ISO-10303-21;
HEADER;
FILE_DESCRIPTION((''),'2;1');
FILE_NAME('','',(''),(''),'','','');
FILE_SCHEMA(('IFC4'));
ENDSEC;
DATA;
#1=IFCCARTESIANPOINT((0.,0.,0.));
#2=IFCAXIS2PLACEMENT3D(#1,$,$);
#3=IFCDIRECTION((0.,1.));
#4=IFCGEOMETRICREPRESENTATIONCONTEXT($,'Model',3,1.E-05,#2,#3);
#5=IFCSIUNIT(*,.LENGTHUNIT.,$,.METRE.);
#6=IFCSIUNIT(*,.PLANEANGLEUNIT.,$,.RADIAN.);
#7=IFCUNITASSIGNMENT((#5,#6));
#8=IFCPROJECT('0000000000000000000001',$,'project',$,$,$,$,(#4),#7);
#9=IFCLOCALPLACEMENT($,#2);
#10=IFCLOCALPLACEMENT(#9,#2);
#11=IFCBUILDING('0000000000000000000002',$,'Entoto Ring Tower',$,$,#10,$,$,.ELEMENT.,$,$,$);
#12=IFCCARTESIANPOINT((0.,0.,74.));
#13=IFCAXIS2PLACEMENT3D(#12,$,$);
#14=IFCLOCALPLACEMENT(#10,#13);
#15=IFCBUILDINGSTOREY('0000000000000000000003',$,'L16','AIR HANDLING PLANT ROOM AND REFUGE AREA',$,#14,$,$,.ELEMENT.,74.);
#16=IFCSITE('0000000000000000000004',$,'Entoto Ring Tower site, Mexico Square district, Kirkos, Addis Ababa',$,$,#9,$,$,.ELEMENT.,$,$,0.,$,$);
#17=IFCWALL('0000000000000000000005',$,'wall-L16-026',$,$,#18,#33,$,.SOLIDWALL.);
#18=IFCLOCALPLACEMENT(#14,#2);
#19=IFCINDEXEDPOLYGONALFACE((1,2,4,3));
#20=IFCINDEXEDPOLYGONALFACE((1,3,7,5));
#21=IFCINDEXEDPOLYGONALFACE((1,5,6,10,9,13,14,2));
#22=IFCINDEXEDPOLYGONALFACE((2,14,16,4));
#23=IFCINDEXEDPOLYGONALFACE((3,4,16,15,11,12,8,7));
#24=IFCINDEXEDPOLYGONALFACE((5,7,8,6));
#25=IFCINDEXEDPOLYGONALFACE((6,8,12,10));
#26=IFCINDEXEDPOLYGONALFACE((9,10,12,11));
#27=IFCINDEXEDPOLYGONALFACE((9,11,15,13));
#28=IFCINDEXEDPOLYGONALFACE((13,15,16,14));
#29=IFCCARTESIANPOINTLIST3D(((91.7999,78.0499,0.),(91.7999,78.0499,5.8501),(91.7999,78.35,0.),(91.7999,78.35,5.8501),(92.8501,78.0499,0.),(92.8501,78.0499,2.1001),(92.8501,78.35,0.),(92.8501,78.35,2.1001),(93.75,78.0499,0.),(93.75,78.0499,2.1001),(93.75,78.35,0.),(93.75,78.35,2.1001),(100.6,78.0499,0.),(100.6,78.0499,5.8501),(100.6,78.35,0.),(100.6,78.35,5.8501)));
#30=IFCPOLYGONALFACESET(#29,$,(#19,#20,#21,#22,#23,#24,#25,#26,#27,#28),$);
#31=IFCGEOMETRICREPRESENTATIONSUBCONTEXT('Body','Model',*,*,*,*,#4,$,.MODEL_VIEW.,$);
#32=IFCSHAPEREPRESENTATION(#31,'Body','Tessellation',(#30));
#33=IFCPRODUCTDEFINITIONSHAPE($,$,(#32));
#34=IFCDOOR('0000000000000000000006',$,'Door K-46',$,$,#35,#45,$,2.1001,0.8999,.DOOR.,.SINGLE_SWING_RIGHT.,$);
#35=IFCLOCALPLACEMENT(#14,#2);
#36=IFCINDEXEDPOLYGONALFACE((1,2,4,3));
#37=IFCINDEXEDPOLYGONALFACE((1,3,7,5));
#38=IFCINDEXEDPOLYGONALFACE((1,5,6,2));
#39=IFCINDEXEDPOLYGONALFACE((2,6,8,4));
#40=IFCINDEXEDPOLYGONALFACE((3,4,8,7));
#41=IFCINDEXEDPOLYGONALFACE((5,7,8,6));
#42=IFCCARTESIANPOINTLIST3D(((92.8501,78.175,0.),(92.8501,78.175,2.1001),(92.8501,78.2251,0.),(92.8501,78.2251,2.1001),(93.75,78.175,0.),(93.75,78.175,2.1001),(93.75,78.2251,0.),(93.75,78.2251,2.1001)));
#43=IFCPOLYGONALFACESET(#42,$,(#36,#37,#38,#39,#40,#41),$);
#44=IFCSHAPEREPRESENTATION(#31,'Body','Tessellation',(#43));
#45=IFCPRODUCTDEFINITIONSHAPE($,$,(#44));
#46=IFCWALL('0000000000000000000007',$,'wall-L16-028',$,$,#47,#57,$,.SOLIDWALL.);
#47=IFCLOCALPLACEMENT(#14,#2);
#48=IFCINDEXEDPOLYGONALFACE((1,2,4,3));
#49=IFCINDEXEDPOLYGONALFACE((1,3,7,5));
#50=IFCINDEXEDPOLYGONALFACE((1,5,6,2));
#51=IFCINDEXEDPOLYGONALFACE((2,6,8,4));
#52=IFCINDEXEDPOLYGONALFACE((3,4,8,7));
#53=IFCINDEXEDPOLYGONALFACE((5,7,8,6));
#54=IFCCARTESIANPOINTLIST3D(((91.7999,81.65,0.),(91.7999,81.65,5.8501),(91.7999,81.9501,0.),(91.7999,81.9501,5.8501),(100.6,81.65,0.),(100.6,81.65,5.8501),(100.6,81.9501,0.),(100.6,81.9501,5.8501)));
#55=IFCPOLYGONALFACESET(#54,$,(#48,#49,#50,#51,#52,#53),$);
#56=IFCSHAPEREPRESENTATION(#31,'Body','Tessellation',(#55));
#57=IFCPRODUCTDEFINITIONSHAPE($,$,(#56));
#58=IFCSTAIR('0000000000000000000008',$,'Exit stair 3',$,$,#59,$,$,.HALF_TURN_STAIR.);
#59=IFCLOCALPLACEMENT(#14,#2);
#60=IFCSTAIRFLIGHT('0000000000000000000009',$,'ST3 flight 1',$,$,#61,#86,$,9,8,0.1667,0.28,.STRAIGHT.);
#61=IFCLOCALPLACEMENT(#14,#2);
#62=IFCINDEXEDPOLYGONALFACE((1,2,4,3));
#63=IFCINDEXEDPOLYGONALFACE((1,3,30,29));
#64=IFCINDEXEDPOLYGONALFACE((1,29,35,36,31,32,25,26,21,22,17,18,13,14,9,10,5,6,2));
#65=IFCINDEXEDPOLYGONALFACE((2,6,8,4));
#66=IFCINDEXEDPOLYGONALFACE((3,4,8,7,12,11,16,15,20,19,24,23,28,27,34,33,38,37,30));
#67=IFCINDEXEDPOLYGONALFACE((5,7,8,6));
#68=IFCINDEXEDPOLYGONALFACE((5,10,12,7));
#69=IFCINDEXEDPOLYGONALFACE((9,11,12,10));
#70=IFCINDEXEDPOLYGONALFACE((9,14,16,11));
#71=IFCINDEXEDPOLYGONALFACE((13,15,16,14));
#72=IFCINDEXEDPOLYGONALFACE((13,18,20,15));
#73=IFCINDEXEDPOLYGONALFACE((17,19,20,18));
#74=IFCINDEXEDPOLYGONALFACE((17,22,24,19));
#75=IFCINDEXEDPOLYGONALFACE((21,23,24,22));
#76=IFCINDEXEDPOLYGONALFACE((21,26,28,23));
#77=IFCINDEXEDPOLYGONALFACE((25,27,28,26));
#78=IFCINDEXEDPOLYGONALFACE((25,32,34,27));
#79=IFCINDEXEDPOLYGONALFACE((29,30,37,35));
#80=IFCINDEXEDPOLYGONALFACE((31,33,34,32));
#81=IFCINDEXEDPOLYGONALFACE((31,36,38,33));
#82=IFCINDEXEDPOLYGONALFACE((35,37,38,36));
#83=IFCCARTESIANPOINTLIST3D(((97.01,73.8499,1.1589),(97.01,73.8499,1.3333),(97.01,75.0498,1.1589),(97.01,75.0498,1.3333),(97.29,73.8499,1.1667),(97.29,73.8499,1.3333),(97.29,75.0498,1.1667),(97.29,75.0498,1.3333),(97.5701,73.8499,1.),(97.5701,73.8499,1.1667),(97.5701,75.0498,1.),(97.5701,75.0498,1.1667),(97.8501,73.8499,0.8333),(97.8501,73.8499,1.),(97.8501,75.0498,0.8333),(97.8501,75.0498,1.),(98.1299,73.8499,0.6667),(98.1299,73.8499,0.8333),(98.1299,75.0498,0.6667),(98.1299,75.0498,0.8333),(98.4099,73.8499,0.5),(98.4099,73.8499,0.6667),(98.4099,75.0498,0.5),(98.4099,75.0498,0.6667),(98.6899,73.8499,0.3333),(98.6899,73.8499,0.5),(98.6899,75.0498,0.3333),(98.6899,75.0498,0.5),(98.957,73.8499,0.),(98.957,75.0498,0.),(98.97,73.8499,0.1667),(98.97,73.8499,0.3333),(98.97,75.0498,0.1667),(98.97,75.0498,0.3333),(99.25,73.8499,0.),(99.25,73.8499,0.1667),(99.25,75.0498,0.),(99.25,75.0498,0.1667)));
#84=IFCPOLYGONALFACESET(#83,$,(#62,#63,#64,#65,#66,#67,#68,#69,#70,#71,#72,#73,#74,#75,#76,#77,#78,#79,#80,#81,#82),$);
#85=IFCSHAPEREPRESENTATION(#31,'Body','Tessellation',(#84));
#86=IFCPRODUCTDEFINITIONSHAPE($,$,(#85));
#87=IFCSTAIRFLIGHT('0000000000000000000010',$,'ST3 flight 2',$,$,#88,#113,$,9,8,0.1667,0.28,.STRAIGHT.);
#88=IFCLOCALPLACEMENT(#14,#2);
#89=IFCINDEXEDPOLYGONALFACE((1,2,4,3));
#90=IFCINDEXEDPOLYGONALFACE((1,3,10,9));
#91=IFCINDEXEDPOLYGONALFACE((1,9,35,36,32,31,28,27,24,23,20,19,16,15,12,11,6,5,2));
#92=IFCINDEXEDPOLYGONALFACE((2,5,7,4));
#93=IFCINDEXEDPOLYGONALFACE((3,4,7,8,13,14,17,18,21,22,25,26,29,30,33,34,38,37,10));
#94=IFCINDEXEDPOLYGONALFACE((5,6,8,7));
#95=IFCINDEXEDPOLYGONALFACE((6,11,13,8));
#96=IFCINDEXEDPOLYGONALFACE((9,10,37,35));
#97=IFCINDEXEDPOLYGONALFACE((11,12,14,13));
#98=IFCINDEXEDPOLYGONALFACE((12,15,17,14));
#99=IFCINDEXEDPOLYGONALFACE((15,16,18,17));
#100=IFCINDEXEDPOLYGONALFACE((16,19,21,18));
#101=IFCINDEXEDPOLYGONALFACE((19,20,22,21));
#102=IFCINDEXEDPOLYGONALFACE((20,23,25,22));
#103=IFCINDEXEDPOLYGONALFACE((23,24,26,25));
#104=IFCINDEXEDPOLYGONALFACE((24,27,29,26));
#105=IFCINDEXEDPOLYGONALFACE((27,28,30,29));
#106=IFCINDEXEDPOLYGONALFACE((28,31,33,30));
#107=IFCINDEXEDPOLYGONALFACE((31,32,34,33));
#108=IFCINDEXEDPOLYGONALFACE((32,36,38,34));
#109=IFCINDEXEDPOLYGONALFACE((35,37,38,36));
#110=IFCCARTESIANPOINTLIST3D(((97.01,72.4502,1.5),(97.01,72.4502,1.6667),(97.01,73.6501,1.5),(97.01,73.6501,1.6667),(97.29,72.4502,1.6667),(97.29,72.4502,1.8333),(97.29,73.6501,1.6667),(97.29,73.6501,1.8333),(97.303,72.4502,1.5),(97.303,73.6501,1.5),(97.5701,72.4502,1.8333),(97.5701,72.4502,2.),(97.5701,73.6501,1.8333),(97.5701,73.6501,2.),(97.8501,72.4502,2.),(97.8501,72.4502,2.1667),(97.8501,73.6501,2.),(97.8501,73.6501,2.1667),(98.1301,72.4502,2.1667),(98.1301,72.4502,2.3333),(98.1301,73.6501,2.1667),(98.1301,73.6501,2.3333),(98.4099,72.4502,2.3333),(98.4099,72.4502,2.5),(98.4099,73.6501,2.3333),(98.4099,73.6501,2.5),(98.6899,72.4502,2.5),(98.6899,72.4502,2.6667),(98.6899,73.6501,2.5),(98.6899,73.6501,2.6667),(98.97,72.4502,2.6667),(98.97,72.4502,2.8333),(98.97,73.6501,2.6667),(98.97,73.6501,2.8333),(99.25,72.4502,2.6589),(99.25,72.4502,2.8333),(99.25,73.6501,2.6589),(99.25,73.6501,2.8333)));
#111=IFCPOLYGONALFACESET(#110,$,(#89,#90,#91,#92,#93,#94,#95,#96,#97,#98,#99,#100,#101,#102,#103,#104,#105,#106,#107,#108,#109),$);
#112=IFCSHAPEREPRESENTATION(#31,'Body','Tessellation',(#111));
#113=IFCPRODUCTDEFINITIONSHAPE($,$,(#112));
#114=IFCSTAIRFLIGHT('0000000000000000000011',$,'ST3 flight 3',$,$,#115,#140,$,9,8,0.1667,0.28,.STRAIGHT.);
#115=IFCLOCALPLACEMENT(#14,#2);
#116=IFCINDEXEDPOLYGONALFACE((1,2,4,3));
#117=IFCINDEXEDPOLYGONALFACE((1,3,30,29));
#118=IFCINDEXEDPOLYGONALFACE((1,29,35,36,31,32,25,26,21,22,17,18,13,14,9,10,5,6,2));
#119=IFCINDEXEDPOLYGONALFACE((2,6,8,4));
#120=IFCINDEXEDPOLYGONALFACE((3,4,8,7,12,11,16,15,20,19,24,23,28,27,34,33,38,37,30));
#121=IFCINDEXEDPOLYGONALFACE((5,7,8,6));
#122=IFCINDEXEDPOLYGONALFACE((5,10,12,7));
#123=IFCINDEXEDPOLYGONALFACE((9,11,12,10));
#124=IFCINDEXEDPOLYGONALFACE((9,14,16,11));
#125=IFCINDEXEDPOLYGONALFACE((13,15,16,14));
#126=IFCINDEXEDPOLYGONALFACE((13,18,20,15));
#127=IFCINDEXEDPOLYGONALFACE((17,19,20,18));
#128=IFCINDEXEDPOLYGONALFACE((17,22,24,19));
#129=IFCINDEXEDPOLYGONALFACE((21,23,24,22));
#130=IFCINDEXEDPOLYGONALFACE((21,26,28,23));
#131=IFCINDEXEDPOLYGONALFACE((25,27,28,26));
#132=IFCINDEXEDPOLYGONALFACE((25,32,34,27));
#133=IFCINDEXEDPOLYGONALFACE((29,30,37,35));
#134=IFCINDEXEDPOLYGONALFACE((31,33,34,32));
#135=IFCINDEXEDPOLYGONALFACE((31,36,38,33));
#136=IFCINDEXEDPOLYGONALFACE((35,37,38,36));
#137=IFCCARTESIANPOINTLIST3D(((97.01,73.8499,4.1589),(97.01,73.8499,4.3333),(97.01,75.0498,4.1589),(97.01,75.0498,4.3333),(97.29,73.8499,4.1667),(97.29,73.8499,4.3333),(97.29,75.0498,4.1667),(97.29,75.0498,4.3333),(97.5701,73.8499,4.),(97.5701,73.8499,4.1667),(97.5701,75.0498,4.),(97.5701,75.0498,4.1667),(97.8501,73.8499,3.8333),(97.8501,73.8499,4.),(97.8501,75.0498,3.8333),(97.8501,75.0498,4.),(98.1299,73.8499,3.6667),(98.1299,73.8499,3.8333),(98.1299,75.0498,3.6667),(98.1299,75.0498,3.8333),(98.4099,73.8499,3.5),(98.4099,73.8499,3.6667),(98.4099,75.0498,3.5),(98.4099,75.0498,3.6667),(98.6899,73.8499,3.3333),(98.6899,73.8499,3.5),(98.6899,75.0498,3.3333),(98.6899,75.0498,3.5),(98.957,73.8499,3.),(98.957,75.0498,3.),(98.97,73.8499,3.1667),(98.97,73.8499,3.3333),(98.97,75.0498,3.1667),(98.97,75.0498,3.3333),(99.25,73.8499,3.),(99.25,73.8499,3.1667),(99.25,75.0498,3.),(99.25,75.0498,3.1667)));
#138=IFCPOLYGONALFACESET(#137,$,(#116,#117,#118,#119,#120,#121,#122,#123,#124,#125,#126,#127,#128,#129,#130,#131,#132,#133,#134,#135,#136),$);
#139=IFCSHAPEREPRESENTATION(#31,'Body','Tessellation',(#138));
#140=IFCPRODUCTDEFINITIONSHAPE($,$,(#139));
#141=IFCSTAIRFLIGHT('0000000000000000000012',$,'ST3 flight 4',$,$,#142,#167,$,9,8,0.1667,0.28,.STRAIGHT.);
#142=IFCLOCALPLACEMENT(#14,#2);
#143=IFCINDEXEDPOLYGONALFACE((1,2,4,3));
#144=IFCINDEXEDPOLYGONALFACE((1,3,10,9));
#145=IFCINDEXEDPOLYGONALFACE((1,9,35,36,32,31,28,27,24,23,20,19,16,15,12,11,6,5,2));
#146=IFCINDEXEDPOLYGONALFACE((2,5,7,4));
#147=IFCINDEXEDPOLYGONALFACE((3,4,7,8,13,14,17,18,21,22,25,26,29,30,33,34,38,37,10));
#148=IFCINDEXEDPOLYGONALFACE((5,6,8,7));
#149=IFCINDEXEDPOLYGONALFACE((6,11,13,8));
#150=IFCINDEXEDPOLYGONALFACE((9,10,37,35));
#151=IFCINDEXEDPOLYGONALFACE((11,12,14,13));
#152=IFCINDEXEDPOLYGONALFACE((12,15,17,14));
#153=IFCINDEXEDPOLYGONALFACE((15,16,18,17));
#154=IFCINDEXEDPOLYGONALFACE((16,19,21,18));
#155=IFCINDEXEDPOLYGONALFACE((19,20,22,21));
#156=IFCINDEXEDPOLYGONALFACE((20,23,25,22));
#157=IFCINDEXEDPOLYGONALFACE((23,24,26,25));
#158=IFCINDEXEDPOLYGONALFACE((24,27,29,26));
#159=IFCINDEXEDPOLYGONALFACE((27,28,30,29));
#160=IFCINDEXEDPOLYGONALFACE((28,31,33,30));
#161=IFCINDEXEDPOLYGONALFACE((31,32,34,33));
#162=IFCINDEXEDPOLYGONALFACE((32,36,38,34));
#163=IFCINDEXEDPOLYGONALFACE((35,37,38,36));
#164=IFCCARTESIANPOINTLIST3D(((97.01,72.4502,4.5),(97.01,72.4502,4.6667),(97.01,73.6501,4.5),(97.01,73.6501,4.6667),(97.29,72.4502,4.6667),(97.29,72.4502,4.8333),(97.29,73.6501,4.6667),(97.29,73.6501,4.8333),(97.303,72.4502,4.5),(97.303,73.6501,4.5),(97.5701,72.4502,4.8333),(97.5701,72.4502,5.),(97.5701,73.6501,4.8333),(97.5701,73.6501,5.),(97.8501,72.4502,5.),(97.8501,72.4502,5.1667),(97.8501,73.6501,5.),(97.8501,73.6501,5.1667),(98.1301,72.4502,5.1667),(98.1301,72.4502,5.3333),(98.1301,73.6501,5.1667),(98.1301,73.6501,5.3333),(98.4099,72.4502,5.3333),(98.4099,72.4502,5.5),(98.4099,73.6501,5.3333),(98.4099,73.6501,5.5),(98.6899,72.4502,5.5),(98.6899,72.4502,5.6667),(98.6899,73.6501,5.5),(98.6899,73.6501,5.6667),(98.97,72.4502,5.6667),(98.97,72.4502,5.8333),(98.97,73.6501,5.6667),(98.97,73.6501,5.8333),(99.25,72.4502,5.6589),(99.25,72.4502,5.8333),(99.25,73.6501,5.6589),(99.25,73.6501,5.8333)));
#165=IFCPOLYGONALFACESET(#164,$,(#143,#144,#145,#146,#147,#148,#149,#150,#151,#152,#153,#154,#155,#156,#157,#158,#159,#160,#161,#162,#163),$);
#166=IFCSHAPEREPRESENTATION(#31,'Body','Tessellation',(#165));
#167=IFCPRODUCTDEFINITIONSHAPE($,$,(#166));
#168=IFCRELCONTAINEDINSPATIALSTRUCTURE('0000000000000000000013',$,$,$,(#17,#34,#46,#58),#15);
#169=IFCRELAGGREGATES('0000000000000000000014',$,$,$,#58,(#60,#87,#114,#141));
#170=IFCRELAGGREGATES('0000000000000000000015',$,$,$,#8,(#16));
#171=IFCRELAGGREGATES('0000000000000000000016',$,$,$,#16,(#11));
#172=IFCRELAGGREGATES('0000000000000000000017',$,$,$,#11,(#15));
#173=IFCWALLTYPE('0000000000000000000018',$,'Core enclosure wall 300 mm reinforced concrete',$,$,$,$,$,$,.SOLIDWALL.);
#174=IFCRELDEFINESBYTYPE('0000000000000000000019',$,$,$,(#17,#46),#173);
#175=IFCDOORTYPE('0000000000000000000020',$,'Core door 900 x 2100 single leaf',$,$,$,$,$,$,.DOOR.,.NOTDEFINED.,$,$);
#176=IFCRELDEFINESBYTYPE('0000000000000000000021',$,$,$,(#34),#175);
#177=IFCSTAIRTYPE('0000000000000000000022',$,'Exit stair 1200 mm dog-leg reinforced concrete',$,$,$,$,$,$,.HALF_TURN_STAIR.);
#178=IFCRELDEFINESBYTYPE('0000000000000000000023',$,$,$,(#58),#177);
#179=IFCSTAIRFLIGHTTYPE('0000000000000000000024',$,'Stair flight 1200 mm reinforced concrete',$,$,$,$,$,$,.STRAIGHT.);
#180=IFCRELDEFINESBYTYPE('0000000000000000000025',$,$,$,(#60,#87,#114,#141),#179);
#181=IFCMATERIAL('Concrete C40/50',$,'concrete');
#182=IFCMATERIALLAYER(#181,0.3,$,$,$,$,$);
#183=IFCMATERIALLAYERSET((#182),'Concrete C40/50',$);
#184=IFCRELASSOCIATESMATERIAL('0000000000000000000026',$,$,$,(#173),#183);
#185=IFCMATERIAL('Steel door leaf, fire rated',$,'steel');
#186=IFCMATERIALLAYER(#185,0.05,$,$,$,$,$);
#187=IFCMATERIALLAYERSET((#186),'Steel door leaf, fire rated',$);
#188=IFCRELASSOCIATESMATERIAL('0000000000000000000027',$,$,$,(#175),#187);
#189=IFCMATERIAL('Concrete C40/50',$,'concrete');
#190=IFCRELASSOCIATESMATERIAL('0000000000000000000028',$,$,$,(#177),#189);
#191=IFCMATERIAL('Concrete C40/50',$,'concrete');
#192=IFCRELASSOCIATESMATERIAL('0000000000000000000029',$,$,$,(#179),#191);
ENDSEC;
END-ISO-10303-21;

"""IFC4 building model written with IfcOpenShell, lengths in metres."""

from ifc_helpers import new_model, si_unit, direction, frame, frame_2d, origin, place, context, subcontext, project, spatial, polyline, rectangle, outline, extrude, material, layer, layer_set, type_object, element, fill, aggregate, save


model = new_model("IFC4")

# Units and contexts
model_context = context("Model", 3, precision=1e-05, world=origin(), true_north=direction((0.0, 1.0)))
body_context = subcontext(model_context, "Body", "Model", "MODEL_VIEW")
ifc_project = project(units=[si_unit("LENGTHUNIT", "METRE"), si_unit("PLANEANGLEUNIT", "RADIAN")], contexts=[model_context])

# Site, building, storey
site_placement = place(None, origin())
site = spatial("IfcSite", under=ifc_project, at=site_placement, Name="Entoto Ring Tower site, Mexico Square district, Kirkos, Addis Ababa", CompositionType="ELEMENT", RefElevation=0.0)
building_placement = place(site_placement, origin())
building = spatial("IfcBuilding", under=site, at=building_placement, Name="Entoto Ring Tower", CompositionType="ELEMENT")
storey_placement = place(building_placement, frame((0.0, 0.0, 74.0)))
storey = spatial("IfcBuildingStorey", under=building, at=storey_placement, Name="L16", Description="AIR HANDLING PLANT ROOM AND REFUGE AREA", CompositionType="ELEMENT", Elevation=74.0)

# Shared definitions
ifc_material_1 = material(Name="Concrete C40/50", Category="concrete")
ifc_layer_1 = layer(ifc_material_1, 0.3)
ifc_layer_set_1 = layer_set([ifc_layer_1], Name="Concrete C40/50")
wall_type = type_object("IfcWallType", Name="Core enclosure wall 300 mm reinforced concrete", PredefinedType="SOLIDWALL", material=ifc_layer_set_1)

# Shared definitions
ifc_material_2 = material(Name="Steel door leaf, fire rated", Category="steel")
ifc_layer_2 = layer(ifc_material_2, 0.05)
ifc_layer_set_2 = layer_set([ifc_layer_2], Name="Steel door leaf, fire rated")
door_type = type_object("IfcDoorType", Name="Core door 900 x 2100 single leaf", OperationType="NOTDEFINED", PredefinedType="DOOR", material=ifc_layer_set_2)

# Wall, opening, door
wall_1_placement = place(storey_placement, frame((91.8, 78.2, 0.0), z_axis=(0.0, 0.0, 1.0), x_axis=(1.0, 0.0, 0.0)))
wall_1 = element("IfcWall", 1, at=wall_1_placement, inside=storey, type_object=wall_type, Name="wall-L16-026", PredefinedType="SOLIDWALL", context=body_context, shape_type="SweptSolid", body=[
    extrude(rectangle(XDim=8.8, YDim=0.3, at=frame_2d((4.3999, 0.0))), origin(), (0.0, 0.0, 1.0), 5.8501),
])
opening_1_placement = place(wall_1_placement, frame((1.05, 0.0, 0.0)))
opening_1 = element("IfcOpeningElement", 2, at=opening_1_placement, cuts=wall_1, PredefinedType="OPENING", context=body_context, shape_type="SweptSolid", body=[
    extrude(rectangle(XDim=0.8999, YDim=2.1001, at=frame_2d((0.45, 1.05))), frame((0.0, 0.1602, 0.0), z_axis=(0.0, -1.0, 0.0), x_axis=(1.0, 0.0, 0.0)), (0.0, 0.0, 1.0), 0.3201),
])
door_1_placement = place(opening_1_placement, frame((0.8999, 0.0, 0.0), z_axis=(0.0, 0.0, 1.0), x_axis=(-1.0, 0.0, 0.0)))
door_1 = element("IfcDoor", 3, at=door_1_placement, inside=storey, type_object=door_type, Name="Door K-46", OperationType="SINGLE_SWING_RIGHT", OverallHeight=2.1001, OverallWidth=0.8999, PredefinedType="DOOR", context=body_context, shape_type="SweptSolid", body=[
    extrude(rectangle(XDim=0.8999, YDim=2.1001, at=frame_2d((0.45, 1.05))), frame((0.0, 0.0249, 0.0), z_axis=(0.0, -1.0, 0.0), x_axis=(1.0, 0.0, 0.0)), (0.0, 0.0, 1.0), 0.05),
])
fill(opening_1, door_1)

# Wall
wall_2_placement = place(storey_placement, frame((91.8, 81.8, 0.0), z_axis=(0.0, 0.0, 1.0), x_axis=(1.0, 0.0, 0.0)))
element("IfcWall", 4, at=wall_2_placement, inside=storey, type_object=wall_type, Name="wall-L16-028", PredefinedType="SOLIDWALL", context=body_context, shape_type="SweptSolid", body=[
    extrude(rectangle(XDim=8.8, YDim=0.3, at=frame_2d((4.3999, 0.0))), origin(), (0.0, 0.0, 1.0), 5.8501),
])

# Stair, stair flights
ifc_material_3 = material(Name="Concrete C40/50", Category="concrete")
stair_type = type_object("IfcStairType", Name="Exit stair 1200 mm dog-leg reinforced concrete", PredefinedType="HALF_TURN_STAIR", material=ifc_material_3)
stair_placement = place(storey_placement, origin())
stair = element("IfcStair", 5, at=stair_placement, inside=storey, type_object=stair_type, Name="Exit stair 3", PredefinedType="HALF_TURN_STAIR")
ifc_material_4 = material(Name="Concrete C40/50", Category="concrete")
stair_flight_type = type_object("IfcStairFlightType", Name="Stair flight 1200 mm reinforced concrete", PredefinedType="STRAIGHT", material=ifc_material_4)
stair_flight_1_placement = place(storey_placement, frame((99.25, 74.45, 0.0), z_axis=(0.0, 0.0, 1.0), x_axis=(-1.0, 0.0, 0.0)))
stair_flight_1 = element("IfcStairFlight", 6, at=stair_flight_1_placement, type_object=stair_flight_type, Name="ST3 flight 1", NumberOfRisers=9, NumberOfTreads=8, PredefinedType="STRAIGHT", RiserHeight=0.1667, TreadLength=0.28, context=body_context, shape_type="SweptSolid", body=[
    extrude(outline(polyline([(0.0, 0.0), (0.0, 0.1667), (0.28, 0.1667), (0.28, 0.3333), (0.5601, 0.3333), (0.5601, 0.5), (0.8401, 0.5), (0.8401, 0.6667), (1.1201, 0.6667), (1.1201, 0.8333), (1.3999, 0.8333), (1.3999, 1.0), (1.6799, 1.0), (1.6799, 1.1667), (1.96, 1.1667), (1.96, 1.3333), (2.24, 1.3333), (2.24, 1.5), (2.24, 1.1589), (0.293, 0.0), (0.0, 0.0)])), frame((0.0, 0.6001, 0.0), z_axis=(0.0, -1.0, 0.0), x_axis=(1.0, 0.0, 0.0)), (0.0, 0.0, 1.0), 1.2),
])
stair_flight_2_placement = place(storey_placement, frame((97.01, 73.05, 1.5), z_axis=(0.0, 0.0, 1.0), x_axis=(1.0, 0.0, 0.0)))
stair_flight_2 = element("IfcStairFlight", 7, at=stair_flight_2_placement, type_object=stair_flight_type, Name="ST3 flight 2", NumberOfRisers=9, NumberOfTreads=8, PredefinedType="STRAIGHT", RiserHeight=0.1667, TreadLength=0.28, context=body_context, shape_type="SweptSolid", body=[
    extrude(outline(polyline([(0.0, 0.0), (0.0, 0.1667), (0.28, 0.1667), (0.28, 0.3333), (0.5601, 0.3333), (0.5601, 0.5), (0.8401, 0.5), (0.8401, 0.6667), (1.1201, 0.6667), (1.1201, 0.8333), (1.3999, 0.8333), (1.3999, 1.0), (1.6799, 1.0), (1.6799, 1.1667), (1.96, 1.1667), (1.96, 1.3333), (2.24, 1.3333), (2.24, 1.5), (2.24, 1.1589), (0.293, 0.0), (0.0, 0.0)])), frame((0.0, 0.6001, 0.0), z_axis=(0.0, -1.0, 0.0), x_axis=(1.0, 0.0, 0.0)), (0.0, 0.0, 1.0), 1.2),
])
stair_flight_3_placement = place(storey_placement, frame((99.25, 74.45, 3.0), z_axis=(0.0, 0.0, 1.0), x_axis=(-1.0, 0.0, 0.0)))
stair_flight_3 = element("IfcStairFlight", 8, at=stair_flight_3_placement, type_object=stair_flight_type, Name="ST3 flight 3", NumberOfRisers=9, NumberOfTreads=8, PredefinedType="STRAIGHT", RiserHeight=0.1667, TreadLength=0.28, context=body_context, shape_type="SweptSolid", body=[
    extrude(outline(polyline([(0.0, 0.0), (0.0, 0.1667), (0.28, 0.1667), (0.28, 0.3333), (0.5601, 0.3333), (0.5601, 0.5), (0.8401, 0.5), (0.8401, 0.6667), (1.1201, 0.6667), (1.1201, 0.8333), (1.3999, 0.8333), (1.3999, 1.0), (1.6799, 1.0), (1.6799, 1.1667), (1.96, 1.1667), (1.96, 1.3333), (2.24, 1.3333), (2.24, 1.5), (2.24, 1.1589), (0.293, 0.0), (0.0, 0.0)])), frame((0.0, 0.6001, 0.0), z_axis=(0.0, -1.0, 0.0), x_axis=(1.0, 0.0, 0.0)), (0.0, 0.0, 1.0), 1.2),
])
stair_flight_4_placement = place(storey_placement, frame((97.01, 73.05, 4.5), z_axis=(0.0, 0.0, 1.0), x_axis=(1.0, 0.0, 0.0)))
stair_flight_4 = element("IfcStairFlight", 9, at=stair_flight_4_placement, type_object=stair_flight_type, Name="ST3 flight 4", NumberOfRisers=9, NumberOfTreads=8, PredefinedType="STRAIGHT", RiserHeight=0.1667, TreadLength=0.28, context=body_context, shape_type="SweptSolid", body=[
    extrude(outline(polyline([(0.0, 0.0), (0.0, 0.1667), (0.28, 0.1667), (0.28, 0.3333), (0.5601, 0.3333), (0.5601, 0.5), (0.8401, 0.5), (0.8401, 0.6667), (1.1201, 0.6667), (1.1201, 0.8333), (1.3999, 0.8333), (1.3999, 1.0), (1.6799, 1.0), (1.6799, 1.1667), (1.96, 1.1667), (1.96, 1.3333), (2.24, 1.3333), (2.24, 1.5), (2.24, 1.1589), (0.293, 0.0), (0.0, 0.0)])), frame((0.0, 0.6001, 0.0), z_axis=(0.0, -1.0, 0.0), x_axis=(1.0, 0.0, 0.0)), (0.0, 0.0, 1.0), 1.2),
])
aggregate(stair, [stair_flight_1, stair_flight_2, stair_flight_3, stair_flight_4])

save(model, "model.ifc")
